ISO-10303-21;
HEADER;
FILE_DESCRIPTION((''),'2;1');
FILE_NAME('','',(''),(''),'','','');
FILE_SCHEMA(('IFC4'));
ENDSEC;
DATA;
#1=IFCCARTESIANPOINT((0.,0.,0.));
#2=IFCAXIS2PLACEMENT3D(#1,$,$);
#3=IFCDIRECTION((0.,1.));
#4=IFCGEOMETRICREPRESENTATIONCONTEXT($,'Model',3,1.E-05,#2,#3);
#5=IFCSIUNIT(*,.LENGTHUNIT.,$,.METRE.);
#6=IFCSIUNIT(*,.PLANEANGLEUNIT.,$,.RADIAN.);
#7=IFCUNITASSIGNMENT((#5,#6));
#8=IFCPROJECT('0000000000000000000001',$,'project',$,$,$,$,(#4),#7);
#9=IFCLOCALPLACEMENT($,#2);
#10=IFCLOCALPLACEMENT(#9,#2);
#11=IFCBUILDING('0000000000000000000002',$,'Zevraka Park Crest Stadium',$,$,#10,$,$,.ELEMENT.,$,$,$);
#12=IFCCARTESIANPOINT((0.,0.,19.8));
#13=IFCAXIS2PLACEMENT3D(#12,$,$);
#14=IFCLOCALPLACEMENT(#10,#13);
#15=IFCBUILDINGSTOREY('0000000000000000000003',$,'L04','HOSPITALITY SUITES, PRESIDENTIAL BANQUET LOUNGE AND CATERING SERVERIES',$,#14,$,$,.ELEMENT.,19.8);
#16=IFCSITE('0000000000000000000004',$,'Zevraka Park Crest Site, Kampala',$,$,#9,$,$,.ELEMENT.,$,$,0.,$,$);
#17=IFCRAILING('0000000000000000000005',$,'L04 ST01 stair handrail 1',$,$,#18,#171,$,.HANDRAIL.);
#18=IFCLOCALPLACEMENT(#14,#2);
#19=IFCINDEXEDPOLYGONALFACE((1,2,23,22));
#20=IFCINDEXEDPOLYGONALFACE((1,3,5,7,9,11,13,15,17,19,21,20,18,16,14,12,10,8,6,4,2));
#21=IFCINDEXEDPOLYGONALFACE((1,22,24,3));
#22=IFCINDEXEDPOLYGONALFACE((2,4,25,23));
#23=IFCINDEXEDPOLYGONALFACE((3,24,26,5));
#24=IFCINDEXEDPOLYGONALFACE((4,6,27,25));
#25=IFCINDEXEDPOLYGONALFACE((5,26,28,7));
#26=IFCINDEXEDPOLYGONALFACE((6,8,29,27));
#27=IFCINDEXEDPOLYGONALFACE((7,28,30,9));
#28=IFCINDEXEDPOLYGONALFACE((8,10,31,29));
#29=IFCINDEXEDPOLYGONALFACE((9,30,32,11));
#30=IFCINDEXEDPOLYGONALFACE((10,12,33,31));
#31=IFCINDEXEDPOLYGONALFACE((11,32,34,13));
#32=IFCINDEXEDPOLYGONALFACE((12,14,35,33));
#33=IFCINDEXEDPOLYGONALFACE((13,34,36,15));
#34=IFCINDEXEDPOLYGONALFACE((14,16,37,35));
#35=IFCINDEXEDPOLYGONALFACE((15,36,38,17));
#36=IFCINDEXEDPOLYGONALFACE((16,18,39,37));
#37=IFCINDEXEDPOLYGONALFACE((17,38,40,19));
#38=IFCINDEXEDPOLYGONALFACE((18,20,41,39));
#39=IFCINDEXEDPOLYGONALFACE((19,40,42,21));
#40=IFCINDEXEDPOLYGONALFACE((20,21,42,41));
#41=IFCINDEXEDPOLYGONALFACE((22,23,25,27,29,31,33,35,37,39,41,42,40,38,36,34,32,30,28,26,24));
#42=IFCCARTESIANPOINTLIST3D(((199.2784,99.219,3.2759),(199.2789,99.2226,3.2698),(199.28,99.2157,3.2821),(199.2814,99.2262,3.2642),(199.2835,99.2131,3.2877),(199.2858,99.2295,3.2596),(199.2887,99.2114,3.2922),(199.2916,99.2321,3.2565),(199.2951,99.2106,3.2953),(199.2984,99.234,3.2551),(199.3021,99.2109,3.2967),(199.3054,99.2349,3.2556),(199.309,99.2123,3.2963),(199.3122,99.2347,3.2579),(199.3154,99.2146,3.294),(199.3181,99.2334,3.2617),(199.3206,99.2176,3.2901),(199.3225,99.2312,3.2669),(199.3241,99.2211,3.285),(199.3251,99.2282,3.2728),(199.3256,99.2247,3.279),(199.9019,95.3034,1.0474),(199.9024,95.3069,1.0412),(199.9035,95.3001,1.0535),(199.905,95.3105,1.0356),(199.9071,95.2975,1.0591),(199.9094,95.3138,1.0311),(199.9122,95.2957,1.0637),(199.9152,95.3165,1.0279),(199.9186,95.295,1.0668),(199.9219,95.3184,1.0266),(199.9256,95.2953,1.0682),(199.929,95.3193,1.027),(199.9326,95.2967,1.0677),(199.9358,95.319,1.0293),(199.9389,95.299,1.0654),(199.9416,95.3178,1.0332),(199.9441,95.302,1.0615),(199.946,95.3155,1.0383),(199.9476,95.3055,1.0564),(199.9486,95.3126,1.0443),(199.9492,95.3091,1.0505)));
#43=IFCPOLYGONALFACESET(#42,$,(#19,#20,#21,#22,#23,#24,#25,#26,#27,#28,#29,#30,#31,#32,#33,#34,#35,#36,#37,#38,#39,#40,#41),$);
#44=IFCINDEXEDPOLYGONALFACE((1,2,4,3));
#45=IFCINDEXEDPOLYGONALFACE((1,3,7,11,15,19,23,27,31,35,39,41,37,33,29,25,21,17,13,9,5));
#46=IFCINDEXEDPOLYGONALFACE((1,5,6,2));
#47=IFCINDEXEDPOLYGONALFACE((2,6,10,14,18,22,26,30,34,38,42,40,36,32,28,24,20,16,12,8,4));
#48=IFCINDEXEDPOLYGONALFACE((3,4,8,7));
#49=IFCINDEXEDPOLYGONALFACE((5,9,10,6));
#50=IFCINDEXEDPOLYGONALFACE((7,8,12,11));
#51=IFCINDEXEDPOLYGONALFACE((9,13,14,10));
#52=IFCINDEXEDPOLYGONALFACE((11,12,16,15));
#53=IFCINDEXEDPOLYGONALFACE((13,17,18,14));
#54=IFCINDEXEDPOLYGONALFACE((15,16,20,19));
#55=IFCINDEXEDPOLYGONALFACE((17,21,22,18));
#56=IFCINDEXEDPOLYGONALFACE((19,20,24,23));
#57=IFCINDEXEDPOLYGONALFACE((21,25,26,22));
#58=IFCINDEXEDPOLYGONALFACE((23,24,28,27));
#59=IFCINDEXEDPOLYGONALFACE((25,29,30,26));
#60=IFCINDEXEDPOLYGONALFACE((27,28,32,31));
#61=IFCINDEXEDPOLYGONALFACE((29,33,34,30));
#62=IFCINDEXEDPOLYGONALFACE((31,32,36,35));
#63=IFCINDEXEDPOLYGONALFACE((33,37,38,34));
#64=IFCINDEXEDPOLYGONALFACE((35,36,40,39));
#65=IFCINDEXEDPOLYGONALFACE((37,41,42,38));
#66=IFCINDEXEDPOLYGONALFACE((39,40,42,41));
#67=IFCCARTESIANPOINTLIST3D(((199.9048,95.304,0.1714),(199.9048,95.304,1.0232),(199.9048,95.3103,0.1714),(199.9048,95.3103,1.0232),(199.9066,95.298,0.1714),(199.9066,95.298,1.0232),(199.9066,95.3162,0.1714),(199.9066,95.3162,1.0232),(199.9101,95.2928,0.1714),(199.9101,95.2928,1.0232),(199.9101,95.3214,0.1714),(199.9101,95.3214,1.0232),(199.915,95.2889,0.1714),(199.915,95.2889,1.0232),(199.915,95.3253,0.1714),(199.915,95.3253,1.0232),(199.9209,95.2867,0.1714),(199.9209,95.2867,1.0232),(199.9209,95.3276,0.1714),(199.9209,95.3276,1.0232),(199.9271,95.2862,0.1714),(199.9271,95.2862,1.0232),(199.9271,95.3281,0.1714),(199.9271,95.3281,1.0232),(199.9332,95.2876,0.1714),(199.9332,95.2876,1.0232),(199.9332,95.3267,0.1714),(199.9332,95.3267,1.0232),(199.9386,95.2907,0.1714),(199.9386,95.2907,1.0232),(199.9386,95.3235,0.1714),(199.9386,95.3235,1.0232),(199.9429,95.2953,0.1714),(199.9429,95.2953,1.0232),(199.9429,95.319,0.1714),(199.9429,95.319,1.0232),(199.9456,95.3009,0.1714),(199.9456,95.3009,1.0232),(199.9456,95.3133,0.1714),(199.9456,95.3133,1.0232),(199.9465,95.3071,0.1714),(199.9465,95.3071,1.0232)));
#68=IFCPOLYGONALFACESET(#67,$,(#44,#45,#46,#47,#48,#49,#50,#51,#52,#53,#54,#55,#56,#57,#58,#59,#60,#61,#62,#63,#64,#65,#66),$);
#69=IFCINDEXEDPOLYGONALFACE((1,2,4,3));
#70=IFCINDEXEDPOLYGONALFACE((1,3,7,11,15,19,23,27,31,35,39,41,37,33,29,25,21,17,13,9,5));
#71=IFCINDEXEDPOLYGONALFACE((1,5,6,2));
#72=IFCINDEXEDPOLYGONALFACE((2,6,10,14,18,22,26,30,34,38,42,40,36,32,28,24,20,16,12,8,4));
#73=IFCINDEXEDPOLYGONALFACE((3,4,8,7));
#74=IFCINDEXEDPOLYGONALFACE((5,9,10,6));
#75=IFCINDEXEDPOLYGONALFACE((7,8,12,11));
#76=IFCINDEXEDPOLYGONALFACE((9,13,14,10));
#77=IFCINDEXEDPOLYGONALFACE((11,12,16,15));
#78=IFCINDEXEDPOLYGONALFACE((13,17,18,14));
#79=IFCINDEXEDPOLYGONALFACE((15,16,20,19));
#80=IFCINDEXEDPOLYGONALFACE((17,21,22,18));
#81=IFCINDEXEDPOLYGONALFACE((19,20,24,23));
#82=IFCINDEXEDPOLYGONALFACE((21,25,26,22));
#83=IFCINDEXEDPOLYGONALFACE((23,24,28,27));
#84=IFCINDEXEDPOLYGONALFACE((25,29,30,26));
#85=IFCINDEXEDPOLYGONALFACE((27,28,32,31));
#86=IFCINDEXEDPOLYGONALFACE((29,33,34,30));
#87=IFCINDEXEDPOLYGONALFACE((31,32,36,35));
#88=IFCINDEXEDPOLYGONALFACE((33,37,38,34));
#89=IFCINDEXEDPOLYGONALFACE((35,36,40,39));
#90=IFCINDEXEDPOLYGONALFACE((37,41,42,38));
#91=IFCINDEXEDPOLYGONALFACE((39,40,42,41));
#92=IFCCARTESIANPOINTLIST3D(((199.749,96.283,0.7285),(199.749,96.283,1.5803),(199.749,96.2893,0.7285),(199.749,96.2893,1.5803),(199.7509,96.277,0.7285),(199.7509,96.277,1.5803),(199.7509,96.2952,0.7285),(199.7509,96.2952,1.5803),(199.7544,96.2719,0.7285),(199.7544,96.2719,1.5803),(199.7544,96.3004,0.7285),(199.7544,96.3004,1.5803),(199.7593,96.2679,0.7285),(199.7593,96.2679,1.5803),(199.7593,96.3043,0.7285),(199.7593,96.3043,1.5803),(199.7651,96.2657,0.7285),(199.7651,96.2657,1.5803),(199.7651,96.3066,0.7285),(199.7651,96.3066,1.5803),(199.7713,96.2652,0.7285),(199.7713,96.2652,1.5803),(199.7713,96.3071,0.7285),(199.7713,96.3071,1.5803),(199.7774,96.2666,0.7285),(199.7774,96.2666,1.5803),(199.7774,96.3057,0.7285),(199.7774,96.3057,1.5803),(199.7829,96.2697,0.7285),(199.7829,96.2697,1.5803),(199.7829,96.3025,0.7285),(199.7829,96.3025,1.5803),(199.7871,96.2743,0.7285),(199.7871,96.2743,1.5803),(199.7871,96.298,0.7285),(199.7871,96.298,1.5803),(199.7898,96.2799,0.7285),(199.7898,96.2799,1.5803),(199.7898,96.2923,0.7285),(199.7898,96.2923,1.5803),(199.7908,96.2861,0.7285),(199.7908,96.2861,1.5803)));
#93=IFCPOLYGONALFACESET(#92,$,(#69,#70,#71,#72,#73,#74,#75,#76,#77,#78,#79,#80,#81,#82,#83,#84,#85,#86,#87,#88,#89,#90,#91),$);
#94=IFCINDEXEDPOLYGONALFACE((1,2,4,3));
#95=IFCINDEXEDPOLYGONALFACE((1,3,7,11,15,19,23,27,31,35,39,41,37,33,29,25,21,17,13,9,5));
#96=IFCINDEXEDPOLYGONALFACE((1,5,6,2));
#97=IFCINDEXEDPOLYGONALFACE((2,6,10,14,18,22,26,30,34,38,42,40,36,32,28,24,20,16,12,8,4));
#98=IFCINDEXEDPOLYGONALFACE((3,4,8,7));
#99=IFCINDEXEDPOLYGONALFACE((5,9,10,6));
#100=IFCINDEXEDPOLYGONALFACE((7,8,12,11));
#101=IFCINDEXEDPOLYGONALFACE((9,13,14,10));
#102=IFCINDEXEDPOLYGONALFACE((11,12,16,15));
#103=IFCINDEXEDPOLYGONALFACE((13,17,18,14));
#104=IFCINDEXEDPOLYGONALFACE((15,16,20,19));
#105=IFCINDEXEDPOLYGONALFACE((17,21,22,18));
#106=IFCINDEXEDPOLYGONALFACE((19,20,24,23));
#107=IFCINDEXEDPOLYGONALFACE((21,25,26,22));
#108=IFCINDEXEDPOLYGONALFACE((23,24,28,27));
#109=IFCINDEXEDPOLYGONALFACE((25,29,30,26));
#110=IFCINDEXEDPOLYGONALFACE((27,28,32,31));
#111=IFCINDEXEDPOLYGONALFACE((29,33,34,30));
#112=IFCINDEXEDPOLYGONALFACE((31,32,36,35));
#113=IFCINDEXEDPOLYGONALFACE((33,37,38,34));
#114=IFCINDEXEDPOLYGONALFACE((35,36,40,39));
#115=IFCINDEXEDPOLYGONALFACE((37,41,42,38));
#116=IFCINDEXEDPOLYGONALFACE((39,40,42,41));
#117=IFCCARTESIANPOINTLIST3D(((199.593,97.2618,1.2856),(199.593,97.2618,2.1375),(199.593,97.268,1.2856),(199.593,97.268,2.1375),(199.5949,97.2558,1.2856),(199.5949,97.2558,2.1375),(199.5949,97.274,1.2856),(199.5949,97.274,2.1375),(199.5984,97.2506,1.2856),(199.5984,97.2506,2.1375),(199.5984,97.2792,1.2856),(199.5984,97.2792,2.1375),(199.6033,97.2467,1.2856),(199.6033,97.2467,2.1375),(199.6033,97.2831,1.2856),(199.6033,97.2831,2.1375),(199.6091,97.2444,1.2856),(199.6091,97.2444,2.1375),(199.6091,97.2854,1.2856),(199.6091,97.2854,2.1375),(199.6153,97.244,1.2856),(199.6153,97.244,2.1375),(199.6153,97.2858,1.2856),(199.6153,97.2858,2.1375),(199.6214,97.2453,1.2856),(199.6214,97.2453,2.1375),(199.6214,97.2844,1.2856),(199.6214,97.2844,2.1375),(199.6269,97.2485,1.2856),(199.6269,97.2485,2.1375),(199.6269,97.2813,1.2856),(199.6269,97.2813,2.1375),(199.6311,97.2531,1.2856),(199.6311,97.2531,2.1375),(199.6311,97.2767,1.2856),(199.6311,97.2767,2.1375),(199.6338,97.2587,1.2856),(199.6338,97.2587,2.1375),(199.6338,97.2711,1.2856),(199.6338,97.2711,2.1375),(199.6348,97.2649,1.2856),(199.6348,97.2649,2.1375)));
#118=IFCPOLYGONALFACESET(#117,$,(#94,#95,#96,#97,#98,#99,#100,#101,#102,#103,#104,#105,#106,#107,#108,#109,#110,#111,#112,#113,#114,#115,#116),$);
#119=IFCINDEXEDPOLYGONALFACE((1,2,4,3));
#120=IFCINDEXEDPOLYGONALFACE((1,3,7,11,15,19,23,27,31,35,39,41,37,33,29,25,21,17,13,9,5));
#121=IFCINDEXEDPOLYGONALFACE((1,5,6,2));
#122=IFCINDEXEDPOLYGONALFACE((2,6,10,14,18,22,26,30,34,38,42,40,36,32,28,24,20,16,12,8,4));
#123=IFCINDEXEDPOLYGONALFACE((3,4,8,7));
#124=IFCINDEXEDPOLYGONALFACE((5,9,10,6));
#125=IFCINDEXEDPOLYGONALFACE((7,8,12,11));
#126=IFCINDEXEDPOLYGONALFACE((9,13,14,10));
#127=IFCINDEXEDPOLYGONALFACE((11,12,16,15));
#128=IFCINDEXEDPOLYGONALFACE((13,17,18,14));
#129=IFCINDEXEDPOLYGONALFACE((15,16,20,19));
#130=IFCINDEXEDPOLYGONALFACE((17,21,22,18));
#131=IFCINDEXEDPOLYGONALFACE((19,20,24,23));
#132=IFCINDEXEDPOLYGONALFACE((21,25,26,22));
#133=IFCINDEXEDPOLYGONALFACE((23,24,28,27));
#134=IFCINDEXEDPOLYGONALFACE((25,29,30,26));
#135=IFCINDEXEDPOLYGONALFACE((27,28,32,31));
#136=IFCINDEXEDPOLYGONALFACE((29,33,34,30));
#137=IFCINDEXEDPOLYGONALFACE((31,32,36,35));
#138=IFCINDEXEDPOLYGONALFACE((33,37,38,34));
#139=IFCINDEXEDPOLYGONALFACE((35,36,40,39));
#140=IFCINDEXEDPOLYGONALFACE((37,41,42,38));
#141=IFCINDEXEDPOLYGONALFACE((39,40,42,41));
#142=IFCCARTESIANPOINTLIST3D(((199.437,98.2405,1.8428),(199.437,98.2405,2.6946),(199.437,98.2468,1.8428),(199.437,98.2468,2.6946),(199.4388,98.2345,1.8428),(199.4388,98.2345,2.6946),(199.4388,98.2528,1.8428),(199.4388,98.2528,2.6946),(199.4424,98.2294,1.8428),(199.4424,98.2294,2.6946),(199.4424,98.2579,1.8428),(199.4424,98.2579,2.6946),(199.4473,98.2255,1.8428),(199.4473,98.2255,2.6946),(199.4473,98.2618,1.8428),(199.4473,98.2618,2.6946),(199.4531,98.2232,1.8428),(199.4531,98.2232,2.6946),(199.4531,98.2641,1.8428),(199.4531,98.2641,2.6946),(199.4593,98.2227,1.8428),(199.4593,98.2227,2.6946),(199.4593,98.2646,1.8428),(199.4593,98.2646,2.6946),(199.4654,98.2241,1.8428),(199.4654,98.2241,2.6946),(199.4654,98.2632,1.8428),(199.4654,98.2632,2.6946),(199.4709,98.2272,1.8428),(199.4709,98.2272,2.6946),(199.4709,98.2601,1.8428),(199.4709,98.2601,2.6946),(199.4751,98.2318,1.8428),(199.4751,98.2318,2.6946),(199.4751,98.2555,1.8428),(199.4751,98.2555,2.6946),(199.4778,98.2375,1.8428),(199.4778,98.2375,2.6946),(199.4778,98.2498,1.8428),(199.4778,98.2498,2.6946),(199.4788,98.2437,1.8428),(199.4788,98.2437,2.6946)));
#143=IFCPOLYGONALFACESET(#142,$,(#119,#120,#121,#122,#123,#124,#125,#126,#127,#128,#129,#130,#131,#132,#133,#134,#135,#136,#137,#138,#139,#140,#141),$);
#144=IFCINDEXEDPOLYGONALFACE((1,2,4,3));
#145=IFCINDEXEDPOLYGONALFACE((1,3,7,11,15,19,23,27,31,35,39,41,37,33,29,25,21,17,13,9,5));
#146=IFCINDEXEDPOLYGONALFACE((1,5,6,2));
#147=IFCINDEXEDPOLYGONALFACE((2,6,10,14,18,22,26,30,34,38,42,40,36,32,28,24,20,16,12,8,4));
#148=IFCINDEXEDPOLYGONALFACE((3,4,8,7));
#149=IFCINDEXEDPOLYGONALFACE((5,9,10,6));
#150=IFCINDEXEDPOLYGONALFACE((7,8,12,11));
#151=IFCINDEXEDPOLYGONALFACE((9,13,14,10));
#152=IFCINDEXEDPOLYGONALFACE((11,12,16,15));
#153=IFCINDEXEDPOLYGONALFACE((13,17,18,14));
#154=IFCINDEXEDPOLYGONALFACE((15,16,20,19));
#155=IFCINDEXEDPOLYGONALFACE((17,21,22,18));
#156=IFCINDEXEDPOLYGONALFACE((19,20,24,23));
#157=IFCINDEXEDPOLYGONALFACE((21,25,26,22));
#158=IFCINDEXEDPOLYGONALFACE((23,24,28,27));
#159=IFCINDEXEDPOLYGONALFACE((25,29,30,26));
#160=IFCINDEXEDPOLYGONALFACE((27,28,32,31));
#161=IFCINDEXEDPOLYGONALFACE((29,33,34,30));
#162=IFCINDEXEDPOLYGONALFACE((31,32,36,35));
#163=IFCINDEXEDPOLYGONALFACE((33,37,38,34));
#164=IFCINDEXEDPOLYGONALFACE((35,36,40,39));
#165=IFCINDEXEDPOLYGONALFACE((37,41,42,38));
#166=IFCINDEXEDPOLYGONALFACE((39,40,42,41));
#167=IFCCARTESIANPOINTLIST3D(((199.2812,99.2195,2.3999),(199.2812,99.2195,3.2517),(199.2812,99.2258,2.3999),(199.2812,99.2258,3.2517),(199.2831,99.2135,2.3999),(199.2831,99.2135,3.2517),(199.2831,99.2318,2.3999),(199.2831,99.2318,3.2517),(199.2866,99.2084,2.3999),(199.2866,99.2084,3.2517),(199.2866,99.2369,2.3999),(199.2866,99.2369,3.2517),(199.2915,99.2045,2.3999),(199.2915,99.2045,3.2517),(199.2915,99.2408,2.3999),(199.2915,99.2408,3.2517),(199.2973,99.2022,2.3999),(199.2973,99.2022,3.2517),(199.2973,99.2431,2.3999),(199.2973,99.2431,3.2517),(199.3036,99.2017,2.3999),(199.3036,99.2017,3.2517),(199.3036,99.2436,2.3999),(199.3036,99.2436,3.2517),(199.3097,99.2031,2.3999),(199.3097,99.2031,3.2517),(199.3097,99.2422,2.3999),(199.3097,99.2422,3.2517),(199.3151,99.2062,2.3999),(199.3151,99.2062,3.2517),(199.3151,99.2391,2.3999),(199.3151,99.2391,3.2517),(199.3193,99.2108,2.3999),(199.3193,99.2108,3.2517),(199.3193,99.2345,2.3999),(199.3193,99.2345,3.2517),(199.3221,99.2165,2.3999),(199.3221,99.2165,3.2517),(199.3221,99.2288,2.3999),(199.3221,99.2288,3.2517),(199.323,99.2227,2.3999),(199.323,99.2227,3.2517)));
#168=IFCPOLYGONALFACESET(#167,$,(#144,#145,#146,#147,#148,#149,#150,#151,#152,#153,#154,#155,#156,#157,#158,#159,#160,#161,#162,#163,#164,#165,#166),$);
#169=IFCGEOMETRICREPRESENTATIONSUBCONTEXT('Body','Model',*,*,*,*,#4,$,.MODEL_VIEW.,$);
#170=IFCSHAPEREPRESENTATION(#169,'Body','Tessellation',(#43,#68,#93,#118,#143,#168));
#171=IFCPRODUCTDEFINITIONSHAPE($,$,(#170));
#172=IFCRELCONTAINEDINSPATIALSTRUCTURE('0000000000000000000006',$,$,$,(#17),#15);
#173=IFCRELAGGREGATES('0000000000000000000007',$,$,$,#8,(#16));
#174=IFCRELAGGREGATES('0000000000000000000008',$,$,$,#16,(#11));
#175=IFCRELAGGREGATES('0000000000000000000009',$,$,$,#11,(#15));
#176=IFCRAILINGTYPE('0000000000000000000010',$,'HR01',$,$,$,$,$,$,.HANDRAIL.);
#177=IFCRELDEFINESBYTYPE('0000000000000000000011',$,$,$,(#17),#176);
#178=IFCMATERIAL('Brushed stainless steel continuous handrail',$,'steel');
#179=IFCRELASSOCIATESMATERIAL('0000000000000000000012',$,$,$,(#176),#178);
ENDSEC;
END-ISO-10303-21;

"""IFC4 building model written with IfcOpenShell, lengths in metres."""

from ifc_helpers import new_model, si_unit, direction, frame, origin, origin_2d, place, context, subcontext, project, spatial, circle, extrude, material, type_object, element, save


model = new_model("IFC4")

# Units and contexts
model_context = context("Model", 3, precision=1e-05, world=origin(), true_north=direction((0.0, 1.0)))
body_context = subcontext(model_context, "Body", "Model", "MODEL_VIEW")
ifc_project = project(units=[si_unit("LENGTHUNIT", "METRE"), si_unit("PLANEANGLEUNIT", "RADIAN")], contexts=[model_context])

# Site, building, storey
site_placement = place(None, origin())
site = spatial("IfcSite", under=ifc_project, at=site_placement, Name="Zevraka Park Crest Site, Kampala", CompositionType="ELEMENT", RefElevation=0.0)
building_placement = place(site_placement, origin())
building = spatial("IfcBuilding", under=site, at=building_placement, Name="Zevraka Park Crest Stadium", CompositionType="ELEMENT")
storey_placement = place(building_placement, frame((0.0, 0.0, 19.8)))
storey = spatial("IfcBuildingStorey", under=building, at=storey_placement, Name="L04", Description="HOSPITALITY SUITES, PRESIDENTIAL BANQUET LOUNGE AND CATERING SERVERIES", CompositionType="ELEMENT", Elevation=19.8)

# Railing
ifc_material_1 = material(Name="Brushed stainless steel continuous handrail", Category="steel")
railing_type_1 = type_object("IfcRailingType", Name="HR01", PredefinedType="HANDRAIL", material=ifc_material_1)
railing_1_placement = place(storey_placement, frame((199.9255, 95.3071, 0.1714)))
element("IfcRailing", 1, at=railing_1_placement, inside=storey, type_object=railing_type_1, Name="L04 ST01 stair handrail 1", PredefinedType="HANDRAIL", context=body_context, shape_type="SweptSolid", body=[
    extrude(circle(Radius=0.0239, at=origin_2d()), frame((0.0, 0.0, 0.876), z_axis=(-0.137094, 0.86089, 0.489974), x_axis=(-0.987556, -0.157265, 0.0)), (0.0, 0.0, 1.0), 4.5483),
    extrude(circle(Radius=0.021, at=origin_2d()), origin(), (0.0, 0.0, 1.0), 0.8518),
    extrude(circle(Radius=0.021, at=origin_2d()), frame((-0.1558, 0.979, 0.5571)), (0.0, 0.0, 1.0), 0.8518),
    extrude(circle(Radius=0.021, at=origin_2d()), frame((-0.3118, 1.9578, 1.1143)), (0.0, 0.0, 1.0), 0.8518),
    extrude(circle(Radius=0.021, at=origin_2d()), frame((-0.4678, 2.9365, 1.6714)), (0.0, 0.0, 1.0), 0.8518),
    extrude(circle(Radius=0.021, at=origin_2d()), frame((-0.6235, 3.9155, 2.2285)), (0.0, 0.0, 1.0), 0.8518),
])

save(model, "model.ifc")
